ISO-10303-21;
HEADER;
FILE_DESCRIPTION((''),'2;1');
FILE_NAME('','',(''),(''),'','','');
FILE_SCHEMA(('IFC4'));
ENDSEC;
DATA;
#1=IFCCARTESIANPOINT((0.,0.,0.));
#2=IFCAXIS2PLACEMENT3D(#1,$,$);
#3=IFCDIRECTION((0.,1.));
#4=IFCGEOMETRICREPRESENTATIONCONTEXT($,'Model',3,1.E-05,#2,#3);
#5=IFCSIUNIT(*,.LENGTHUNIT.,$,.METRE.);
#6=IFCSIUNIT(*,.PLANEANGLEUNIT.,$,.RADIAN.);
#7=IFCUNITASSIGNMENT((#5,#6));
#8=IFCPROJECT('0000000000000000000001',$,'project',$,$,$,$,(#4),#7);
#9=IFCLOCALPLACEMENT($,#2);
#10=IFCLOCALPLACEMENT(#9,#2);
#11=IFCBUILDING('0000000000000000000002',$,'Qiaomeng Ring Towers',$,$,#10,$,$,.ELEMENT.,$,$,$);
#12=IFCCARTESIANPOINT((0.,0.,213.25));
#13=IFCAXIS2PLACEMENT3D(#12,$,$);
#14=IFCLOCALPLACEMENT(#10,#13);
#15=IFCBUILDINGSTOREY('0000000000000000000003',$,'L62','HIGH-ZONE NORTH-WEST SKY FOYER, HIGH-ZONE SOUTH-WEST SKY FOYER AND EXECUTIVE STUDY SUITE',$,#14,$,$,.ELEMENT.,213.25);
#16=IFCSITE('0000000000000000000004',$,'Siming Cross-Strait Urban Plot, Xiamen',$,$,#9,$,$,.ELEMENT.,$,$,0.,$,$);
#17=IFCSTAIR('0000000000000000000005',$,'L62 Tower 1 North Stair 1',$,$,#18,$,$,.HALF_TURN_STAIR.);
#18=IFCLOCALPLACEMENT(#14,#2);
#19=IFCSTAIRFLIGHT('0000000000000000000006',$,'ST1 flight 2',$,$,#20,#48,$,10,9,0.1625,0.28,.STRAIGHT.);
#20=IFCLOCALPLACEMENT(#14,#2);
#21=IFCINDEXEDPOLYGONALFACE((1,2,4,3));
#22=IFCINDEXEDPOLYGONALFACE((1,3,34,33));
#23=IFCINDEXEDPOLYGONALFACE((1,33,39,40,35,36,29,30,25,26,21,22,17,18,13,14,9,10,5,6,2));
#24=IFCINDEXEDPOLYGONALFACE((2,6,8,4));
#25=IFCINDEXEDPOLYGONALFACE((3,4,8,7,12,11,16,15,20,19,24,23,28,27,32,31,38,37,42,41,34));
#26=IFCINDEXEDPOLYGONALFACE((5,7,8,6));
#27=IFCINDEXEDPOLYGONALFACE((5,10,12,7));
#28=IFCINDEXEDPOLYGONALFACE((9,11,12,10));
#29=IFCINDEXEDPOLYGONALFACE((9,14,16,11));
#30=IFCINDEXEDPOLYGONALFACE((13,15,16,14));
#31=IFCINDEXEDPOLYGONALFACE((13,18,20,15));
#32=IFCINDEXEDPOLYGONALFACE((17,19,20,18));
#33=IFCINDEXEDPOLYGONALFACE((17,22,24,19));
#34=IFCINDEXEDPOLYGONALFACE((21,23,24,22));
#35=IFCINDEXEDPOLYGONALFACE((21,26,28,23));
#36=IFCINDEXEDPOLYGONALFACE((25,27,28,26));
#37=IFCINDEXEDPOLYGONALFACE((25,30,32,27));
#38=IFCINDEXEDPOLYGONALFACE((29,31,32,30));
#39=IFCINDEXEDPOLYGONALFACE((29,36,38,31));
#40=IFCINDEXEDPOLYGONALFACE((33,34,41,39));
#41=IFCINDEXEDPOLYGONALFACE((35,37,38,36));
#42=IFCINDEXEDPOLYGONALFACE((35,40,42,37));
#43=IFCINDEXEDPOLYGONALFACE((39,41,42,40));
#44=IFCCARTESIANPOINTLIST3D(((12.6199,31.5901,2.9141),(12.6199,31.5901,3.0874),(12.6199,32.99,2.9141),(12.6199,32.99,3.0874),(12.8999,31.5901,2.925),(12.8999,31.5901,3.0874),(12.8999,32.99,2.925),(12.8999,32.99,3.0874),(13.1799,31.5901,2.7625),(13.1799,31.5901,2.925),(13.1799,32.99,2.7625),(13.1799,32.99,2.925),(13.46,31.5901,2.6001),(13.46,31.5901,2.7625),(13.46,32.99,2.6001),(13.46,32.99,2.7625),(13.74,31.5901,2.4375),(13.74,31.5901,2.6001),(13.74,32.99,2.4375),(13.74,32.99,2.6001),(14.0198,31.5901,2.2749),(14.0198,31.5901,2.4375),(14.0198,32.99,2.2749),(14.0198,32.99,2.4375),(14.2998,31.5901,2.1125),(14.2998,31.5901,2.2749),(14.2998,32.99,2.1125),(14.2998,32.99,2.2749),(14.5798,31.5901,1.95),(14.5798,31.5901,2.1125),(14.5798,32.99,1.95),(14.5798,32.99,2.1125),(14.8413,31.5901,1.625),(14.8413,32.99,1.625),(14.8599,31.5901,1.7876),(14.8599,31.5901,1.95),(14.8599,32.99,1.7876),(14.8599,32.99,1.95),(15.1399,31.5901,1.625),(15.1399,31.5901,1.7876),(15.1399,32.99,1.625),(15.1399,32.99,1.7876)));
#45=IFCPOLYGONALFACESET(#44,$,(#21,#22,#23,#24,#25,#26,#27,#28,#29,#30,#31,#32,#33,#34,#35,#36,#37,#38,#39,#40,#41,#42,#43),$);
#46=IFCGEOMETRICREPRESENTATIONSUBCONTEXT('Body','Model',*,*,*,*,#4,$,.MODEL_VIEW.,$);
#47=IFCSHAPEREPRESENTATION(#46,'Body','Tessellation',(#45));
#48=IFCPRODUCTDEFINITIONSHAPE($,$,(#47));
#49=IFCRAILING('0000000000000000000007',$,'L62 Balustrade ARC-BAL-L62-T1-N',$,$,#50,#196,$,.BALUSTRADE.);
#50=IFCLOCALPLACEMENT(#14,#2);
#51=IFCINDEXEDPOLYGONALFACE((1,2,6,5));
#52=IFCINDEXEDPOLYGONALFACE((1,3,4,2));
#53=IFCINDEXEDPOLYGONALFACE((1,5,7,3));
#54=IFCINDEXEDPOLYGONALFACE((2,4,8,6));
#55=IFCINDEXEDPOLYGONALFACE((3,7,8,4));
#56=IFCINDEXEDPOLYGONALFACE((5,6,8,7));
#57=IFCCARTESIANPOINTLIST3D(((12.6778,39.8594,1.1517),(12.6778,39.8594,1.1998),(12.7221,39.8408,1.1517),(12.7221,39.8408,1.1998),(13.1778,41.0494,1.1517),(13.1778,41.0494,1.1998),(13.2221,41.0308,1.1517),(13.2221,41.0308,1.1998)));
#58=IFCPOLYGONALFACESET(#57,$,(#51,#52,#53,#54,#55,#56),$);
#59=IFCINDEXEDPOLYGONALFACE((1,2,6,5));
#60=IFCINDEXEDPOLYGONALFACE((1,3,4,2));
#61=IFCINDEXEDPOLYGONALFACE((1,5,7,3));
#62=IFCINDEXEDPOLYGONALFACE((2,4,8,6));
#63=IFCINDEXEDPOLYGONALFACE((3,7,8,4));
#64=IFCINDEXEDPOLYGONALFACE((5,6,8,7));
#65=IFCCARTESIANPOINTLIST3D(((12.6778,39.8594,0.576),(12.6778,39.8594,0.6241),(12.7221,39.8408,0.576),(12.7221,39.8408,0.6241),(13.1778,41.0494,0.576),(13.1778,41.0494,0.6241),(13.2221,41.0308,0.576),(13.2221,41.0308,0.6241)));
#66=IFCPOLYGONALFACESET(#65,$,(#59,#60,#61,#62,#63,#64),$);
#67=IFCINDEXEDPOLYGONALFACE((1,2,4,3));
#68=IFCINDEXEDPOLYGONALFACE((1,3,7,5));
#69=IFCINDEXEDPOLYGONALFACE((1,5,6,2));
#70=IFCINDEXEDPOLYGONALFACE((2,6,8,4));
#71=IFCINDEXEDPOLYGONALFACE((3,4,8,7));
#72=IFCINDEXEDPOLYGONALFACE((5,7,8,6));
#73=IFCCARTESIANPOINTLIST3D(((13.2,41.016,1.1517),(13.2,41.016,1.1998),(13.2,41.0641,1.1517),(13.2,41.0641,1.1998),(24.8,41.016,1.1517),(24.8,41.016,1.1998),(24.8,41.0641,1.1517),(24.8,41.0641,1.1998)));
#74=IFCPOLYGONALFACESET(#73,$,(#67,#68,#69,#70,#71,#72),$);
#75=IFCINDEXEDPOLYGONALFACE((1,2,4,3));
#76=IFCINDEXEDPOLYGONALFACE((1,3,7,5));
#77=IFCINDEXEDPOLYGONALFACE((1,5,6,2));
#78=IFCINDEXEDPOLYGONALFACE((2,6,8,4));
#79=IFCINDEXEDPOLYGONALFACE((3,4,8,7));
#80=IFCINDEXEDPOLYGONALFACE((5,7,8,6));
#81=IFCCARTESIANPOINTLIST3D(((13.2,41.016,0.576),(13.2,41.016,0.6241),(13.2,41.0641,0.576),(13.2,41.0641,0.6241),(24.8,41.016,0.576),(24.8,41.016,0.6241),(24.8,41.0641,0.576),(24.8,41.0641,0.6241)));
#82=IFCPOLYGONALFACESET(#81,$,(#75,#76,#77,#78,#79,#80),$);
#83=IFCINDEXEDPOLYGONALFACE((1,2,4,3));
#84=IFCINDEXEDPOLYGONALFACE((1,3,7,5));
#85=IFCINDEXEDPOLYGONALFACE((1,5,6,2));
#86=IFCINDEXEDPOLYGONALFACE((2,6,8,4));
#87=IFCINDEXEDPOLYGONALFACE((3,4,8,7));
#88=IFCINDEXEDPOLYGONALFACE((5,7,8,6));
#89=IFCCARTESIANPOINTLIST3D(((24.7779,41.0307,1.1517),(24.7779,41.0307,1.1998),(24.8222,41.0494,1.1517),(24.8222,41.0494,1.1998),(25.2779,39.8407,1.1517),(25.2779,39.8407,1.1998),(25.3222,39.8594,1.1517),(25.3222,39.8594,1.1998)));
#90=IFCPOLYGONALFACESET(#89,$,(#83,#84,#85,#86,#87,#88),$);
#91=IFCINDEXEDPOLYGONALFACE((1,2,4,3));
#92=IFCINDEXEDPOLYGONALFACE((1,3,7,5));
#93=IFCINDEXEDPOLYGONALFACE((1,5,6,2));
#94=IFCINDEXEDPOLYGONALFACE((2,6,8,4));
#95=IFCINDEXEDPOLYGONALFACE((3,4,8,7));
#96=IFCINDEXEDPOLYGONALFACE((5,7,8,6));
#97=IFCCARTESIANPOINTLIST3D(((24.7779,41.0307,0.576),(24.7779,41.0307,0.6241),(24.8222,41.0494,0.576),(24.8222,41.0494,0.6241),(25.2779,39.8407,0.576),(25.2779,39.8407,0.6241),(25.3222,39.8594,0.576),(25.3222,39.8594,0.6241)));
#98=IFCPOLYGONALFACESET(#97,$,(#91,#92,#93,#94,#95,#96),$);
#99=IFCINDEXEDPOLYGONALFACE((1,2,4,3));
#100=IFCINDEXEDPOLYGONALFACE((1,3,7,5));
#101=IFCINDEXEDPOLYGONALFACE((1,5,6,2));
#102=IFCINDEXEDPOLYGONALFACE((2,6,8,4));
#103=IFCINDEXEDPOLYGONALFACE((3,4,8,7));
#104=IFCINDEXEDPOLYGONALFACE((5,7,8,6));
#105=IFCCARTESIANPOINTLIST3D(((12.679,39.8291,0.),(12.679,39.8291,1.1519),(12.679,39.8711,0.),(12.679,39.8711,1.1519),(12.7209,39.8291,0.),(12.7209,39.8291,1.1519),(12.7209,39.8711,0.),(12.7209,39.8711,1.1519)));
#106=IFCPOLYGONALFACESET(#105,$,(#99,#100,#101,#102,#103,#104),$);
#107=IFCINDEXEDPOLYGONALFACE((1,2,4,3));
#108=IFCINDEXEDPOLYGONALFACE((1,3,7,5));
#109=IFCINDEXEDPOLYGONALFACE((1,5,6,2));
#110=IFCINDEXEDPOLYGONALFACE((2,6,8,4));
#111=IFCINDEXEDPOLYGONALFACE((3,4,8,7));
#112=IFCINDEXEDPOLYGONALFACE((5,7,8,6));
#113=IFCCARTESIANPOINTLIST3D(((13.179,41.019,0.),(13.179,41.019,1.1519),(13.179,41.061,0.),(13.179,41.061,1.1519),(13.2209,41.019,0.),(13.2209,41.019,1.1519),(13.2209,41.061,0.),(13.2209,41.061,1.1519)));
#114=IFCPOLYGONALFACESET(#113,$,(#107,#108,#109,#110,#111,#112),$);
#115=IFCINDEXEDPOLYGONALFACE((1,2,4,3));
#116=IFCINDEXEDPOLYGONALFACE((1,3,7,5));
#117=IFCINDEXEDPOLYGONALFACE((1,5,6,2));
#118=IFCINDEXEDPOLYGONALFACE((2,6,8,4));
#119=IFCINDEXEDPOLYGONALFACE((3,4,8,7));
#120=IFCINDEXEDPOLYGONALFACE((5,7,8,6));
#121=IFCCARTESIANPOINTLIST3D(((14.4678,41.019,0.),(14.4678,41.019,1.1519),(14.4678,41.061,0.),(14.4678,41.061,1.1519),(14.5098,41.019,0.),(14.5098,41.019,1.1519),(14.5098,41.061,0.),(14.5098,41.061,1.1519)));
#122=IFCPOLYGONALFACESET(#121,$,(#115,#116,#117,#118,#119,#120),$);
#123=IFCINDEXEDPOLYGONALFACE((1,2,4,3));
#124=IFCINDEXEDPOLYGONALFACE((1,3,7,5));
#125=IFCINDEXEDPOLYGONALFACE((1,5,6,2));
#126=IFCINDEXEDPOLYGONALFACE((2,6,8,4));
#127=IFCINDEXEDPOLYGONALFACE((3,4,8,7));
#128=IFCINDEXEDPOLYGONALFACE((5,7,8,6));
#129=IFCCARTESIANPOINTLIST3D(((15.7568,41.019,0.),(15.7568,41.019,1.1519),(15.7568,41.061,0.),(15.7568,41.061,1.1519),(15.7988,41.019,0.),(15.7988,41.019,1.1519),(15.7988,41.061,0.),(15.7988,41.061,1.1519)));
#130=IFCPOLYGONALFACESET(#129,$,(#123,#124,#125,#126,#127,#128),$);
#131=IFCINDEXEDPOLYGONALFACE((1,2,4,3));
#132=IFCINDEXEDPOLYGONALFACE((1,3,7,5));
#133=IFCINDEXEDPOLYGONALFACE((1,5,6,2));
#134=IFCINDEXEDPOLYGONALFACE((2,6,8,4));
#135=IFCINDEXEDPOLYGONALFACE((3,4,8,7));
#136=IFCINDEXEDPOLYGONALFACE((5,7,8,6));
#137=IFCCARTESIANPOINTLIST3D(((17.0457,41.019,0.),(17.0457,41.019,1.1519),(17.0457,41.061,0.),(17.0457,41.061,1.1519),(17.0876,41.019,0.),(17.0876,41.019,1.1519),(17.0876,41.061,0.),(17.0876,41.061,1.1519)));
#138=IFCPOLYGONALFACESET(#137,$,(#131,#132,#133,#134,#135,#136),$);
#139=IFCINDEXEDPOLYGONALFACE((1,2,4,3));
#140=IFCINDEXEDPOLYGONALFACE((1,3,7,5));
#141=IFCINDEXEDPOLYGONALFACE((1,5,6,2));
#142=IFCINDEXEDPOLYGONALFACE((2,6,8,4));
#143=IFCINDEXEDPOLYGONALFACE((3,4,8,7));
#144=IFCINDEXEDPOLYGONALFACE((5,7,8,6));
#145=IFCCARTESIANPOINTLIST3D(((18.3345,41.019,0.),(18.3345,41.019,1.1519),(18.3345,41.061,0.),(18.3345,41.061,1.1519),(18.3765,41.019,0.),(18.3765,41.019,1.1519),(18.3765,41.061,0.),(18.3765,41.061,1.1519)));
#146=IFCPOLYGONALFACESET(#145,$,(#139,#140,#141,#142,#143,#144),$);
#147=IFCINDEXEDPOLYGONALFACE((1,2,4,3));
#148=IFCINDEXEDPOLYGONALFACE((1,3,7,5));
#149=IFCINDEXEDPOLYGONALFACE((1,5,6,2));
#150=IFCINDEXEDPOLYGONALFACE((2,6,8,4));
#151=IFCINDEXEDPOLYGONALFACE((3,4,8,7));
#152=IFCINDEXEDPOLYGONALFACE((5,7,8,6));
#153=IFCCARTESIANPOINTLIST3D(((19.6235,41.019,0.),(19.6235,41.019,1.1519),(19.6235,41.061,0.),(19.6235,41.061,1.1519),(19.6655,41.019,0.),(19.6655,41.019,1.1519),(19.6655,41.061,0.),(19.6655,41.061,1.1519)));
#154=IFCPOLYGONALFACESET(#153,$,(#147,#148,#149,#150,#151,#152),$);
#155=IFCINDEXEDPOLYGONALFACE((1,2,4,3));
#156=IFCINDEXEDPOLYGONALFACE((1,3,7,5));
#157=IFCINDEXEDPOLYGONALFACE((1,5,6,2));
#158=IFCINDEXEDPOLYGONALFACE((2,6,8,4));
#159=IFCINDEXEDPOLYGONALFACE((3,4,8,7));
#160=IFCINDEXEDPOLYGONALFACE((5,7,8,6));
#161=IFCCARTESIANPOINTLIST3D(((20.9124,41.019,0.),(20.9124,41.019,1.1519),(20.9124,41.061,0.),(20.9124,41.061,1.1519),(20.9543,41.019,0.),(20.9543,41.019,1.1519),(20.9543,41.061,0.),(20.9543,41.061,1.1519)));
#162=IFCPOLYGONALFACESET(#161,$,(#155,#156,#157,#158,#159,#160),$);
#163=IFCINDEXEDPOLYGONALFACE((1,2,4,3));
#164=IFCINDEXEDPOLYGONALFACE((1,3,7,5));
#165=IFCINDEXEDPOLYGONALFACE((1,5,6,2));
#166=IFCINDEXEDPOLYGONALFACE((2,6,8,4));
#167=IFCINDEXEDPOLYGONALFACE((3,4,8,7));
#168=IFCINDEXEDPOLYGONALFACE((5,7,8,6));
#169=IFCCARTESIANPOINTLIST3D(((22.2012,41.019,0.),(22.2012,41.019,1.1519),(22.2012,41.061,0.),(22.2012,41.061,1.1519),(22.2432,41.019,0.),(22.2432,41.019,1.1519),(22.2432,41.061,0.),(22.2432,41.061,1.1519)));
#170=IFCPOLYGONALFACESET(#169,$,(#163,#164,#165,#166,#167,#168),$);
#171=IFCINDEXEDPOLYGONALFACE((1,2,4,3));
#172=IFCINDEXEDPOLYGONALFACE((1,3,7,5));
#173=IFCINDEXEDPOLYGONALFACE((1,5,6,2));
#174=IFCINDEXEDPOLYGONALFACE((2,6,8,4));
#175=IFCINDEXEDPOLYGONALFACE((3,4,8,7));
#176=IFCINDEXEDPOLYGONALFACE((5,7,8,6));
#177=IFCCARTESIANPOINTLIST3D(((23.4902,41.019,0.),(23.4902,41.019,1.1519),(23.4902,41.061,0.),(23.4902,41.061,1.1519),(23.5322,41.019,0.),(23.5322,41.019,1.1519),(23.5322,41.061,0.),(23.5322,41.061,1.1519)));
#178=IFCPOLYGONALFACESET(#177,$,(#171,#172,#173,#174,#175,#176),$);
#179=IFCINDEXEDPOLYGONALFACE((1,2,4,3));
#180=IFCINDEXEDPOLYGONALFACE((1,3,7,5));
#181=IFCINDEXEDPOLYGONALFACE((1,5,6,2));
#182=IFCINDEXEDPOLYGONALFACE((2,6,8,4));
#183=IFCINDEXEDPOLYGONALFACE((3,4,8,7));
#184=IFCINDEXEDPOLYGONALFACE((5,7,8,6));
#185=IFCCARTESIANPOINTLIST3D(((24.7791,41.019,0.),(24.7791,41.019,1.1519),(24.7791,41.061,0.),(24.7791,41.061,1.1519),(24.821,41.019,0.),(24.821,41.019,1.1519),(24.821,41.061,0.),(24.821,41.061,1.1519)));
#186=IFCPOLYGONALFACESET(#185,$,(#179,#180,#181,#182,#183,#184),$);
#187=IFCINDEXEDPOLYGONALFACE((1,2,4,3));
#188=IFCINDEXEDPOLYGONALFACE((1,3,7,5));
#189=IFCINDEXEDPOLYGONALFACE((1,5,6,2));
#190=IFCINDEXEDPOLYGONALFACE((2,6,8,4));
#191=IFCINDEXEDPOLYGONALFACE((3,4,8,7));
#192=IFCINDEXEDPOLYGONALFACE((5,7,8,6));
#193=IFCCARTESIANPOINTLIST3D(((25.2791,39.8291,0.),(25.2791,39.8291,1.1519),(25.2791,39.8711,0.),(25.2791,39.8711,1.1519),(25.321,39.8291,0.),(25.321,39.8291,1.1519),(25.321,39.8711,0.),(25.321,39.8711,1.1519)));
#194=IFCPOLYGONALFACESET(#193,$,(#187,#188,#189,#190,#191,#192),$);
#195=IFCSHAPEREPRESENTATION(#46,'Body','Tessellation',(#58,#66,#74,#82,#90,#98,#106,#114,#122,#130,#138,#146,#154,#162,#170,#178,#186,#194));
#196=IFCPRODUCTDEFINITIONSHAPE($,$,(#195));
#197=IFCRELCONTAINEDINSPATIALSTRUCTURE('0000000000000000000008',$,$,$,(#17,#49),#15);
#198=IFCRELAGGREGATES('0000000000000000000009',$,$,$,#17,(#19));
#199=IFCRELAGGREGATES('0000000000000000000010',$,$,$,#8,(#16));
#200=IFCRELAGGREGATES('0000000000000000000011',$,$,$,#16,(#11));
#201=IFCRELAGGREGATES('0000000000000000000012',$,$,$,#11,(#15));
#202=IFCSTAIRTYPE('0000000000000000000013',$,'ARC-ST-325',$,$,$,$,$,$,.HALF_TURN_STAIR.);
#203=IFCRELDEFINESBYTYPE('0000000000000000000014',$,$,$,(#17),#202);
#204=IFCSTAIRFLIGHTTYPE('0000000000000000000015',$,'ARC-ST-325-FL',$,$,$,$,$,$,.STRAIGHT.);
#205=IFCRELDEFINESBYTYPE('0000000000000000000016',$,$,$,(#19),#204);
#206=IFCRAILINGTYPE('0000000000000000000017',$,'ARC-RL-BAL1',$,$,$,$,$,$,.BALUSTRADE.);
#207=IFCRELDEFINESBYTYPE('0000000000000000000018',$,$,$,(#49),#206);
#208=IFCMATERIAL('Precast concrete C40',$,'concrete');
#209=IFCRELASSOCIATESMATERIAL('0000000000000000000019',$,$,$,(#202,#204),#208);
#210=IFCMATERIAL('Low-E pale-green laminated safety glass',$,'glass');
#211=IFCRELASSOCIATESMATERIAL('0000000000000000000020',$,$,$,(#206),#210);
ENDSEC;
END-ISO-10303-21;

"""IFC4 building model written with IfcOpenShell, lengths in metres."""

from ifc_helpers import new_model, si_unit, direction, frame, origin, origin_2d, place, context, subcontext, project, spatial, polyline, rectangle, outline, extrude, source, transform, mapped, material, type_object, element, aggregate, save


model = new_model("IFC4")

# Units and contexts
model_context = context("Model", 3, precision=1e-05, world=origin(), true_north=direction((0.0, 1.0)))
body_context = subcontext(model_context, "Body", "Model", "MODEL_VIEW")
ifc_project = project(units=[si_unit("LENGTHUNIT", "METRE"), si_unit("PLANEANGLEUNIT", "RADIAN")], contexts=[model_context])

# Site, building, storey
site_placement = place(None, origin())
site = spatial("IfcSite", under=ifc_project, at=site_placement, Name="Siming Cross-Strait Urban Plot, Xiamen", CompositionType="ELEMENT", RefElevation=0.0)
building_placement = place(site_placement, origin())
building = spatial("IfcBuilding", under=site, at=building_placement, Name="Qiaomeng Ring Towers", CompositionType="ELEMENT")
storey_placement = place(building_placement, frame((0.0, 0.0, 213.25)))
storey = spatial("IfcBuildingStorey", under=building, at=storey_placement, Name="L62", Description="HIGH-ZONE NORTH-WEST SKY FOYER, HIGH-ZONE SOUTH-WEST SKY FOYER AND EXECUTIVE STUDY SUITE", CompositionType="ELEMENT", Elevation=213.25)

# Stair, stair flight
ifc_material_1 = material(Name="Precast concrete C40", Category="concrete")
stair_type = type_object("IfcStairType", Name="ARC-ST-325", PredefinedType="HALF_TURN_STAIR", material=ifc_material_1)
stair_placement = place(storey_placement, origin())
stair = element("IfcStair", 1, at=stair_placement, inside=storey, type_object=stair_type, Name="L62 Tower 1 North Stair 1", PredefinedType="HALF_TURN_STAIR")
stair_flight_type = type_object("IfcStairFlightType", Name="ARC-ST-325-FL", PredefinedType="STRAIGHT", material=ifc_material_1)
shared_shape_1 = source(origin(), body_context, "Body", "SweptSolid", [
    extrude(outline(polyline([(0.0, 0.0), (0.0, 0.1626), (0.28, 0.1626), (0.28, 0.325), (0.5601, 0.325), (0.5601, 0.4875), (0.8401, 0.4875), (0.8401, 0.6499), (1.1201, 0.6499), (1.1201, 0.8125), (1.3999, 0.8125), (1.3999, 0.9751), (1.6799, 0.9751), (1.6799, 1.1375), (1.96, 1.1375), (1.96, 1.3), (2.24, 1.3), (2.24, 1.4624), (2.52, 1.4624), (2.52, 1.625), (2.52, 1.2891), (0.2986, 0.0), (0.0, 0.0)])), frame((0.0, 0.7, 0.0), z_axis=(0.0, -1.0, 0.0), x_axis=(1.0, 0.0, 0.0)), (0.0, 0.0, 1.0), 1.3999),
])
stair_flight_placement = place(storey_placement, frame((15.1399, 32.29, 1.625), z_axis=(0.0, 0.0, 1.0), x_axis=(-1.0, 0.0, 0.0)))
stair_flight = element("IfcStairFlight", 2, at=stair_flight_placement, type_object=stair_flight_type, Name="ST1 flight 2", NumberOfRisers=10, NumberOfTreads=9, PredefinedType="STRAIGHT", RiserHeight=0.1625, TreadLength=0.28, context=body_context, shape_type="MappedRepresentation", body=[
    mapped(shared_shape_1, transform((0.0, 0.0, 0.0), x_axis=(1.0, 0.0, 0.0), y_axis=(0.0, 1.0, 0.0), z_axis=(0.0, 0.0, 1.0), scale=1.0)),
])
aggregate(stair, [stair_flight])

# Railing
ifc_material_2 = material(Name="Low-E pale-green laminated safety glass", Category="glass")
railing_type_1 = type_object("IfcRailingType", Name="ARC-RL-BAL1", PredefinedType="BALUSTRADE", material=ifc_material_2)
railing_1_placement = place(storey_placement, frame((12.7, 39.8501, 0.0)))
element("IfcRailing", 3, at=railing_1_placement, inside=storey, type_object=railing_type_1, Name="L62 Balustrade ARC-BAL-L62-T1-N", PredefinedType="BALUSTRADE", context=body_context, shape_type="SweptSolid", body=[
    extrude(rectangle(XDim=0.0481, YDim=0.0481, at=origin_2d()), frame((0.0, 0.0, 1.1758), z_axis=(0.38738, 0.92192, 0.0), x_axis=(-0.92192, 0.38738, 0.0)), (0.0, 0.0, 1.0), 1.2908),
    extrude(rectangle(XDim=0.0481, YDim=0.0481, at=origin_2d()), frame((0.0, 0.0, 0.6001), z_axis=(0.38738, 0.92192, 0.0), x_axis=(-0.92192, 0.38738, 0.0)), (0.0, 0.0, 1.0), 1.2908),
    extrude(rectangle(XDim=0.0481, YDim=0.0481, at=origin_2d()), frame((0.5, 1.1899, 1.1758), z_axis=(1.0, 0.0, 0.0), x_axis=(0.0, 1.0, 0.0)), (0.0, 0.0, 1.0), 11.6001),
    extrude(rectangle(XDim=0.0481, YDim=0.0481, at=origin_2d()), frame((0.5, 1.1899, 0.6001), z_axis=(1.0, 0.0, 0.0), x_axis=(0.0, 1.0, 0.0)), (0.0, 0.0, 1.0), 11.6001),
    extrude(rectangle(XDim=0.0481, YDim=0.0481, at=origin_2d()), frame((12.1001, 1.1899, 1.1758), z_axis=(0.38738, -0.92192, 0.0), x_axis=(0.92192, 0.38738, 0.0)), (0.0, 0.0, 1.0), 1.2908),
    extrude(rectangle(XDim=0.0481, YDim=0.0481, at=origin_2d()), frame((12.1001, 1.1899, 0.6001), z_axis=(0.38738, -0.92192, 0.0), x_axis=(0.92192, 0.38738, 0.0)), (0.0, 0.0, 1.0), 1.2908),
    extrude(rectangle(XDim=0.042, YDim=0.042, at=origin_2d()), origin(), (0.0, 0.0, 1.0), 1.1519),
    extrude(rectangle(XDim=0.042, YDim=0.042, at=origin_2d()), frame((0.5, 1.1899, 0.0)), (0.0, 0.0, 1.0), 1.1519),
    extrude(rectangle(XDim=0.042, YDim=0.042, at=origin_2d()), frame((1.7888, 1.1899, 0.0)), (0.0, 0.0, 1.0), 1.1519),
    extrude(rectangle(XDim=0.042, YDim=0.042, at=origin_2d()), frame((3.0779, 1.1899, 0.0)), (0.0, 0.0, 1.0), 1.1519),
    extrude(rectangle(XDim=0.042, YDim=0.042, at=origin_2d()), frame((4.3667, 1.1899, 0.0)), (0.0, 0.0, 1.0), 1.1519),
    extrude(rectangle(XDim=0.042, YDim=0.042, at=origin_2d()), frame((5.6555, 1.1899, 0.0)), (0.0, 0.0, 1.0), 1.1519),
    extrude(rectangle(XDim=0.042, YDim=0.042, at=origin_2d()), frame((6.9446, 1.1899, 0.0)), (0.0, 0.0, 1.0), 1.1519),
    extrude(rectangle(XDim=0.042, YDim=0.042, at=origin_2d()), frame((8.2334, 1.1899, 0.0)), (0.0, 0.0, 1.0), 1.1519),
    extrude(rectangle(XDim=0.042, YDim=0.042, at=origin_2d()), frame((9.5222, 1.1899, 0.0)), (0.0, 0.0, 1.0), 1.1519),
    extrude(rectangle(XDim=0.042, YDim=0.042, at=origin_2d()), frame((10.8113, 1.1899, 0.0)), (0.0, 0.0, 1.0), 1.1519),
    extrude(rectangle(XDim=0.042, YDim=0.042, at=origin_2d()), frame((12.1001, 1.1899, 0.0)), (0.0, 0.0, 1.0), 1.1519),
    extrude(rectangle(XDim=0.042, YDim=0.042, at=origin_2d()), frame((12.6001, 0.0, 0.0)), (0.0, 0.0, 1.0), 1.1519),
])

save(model, "model.ifc")
